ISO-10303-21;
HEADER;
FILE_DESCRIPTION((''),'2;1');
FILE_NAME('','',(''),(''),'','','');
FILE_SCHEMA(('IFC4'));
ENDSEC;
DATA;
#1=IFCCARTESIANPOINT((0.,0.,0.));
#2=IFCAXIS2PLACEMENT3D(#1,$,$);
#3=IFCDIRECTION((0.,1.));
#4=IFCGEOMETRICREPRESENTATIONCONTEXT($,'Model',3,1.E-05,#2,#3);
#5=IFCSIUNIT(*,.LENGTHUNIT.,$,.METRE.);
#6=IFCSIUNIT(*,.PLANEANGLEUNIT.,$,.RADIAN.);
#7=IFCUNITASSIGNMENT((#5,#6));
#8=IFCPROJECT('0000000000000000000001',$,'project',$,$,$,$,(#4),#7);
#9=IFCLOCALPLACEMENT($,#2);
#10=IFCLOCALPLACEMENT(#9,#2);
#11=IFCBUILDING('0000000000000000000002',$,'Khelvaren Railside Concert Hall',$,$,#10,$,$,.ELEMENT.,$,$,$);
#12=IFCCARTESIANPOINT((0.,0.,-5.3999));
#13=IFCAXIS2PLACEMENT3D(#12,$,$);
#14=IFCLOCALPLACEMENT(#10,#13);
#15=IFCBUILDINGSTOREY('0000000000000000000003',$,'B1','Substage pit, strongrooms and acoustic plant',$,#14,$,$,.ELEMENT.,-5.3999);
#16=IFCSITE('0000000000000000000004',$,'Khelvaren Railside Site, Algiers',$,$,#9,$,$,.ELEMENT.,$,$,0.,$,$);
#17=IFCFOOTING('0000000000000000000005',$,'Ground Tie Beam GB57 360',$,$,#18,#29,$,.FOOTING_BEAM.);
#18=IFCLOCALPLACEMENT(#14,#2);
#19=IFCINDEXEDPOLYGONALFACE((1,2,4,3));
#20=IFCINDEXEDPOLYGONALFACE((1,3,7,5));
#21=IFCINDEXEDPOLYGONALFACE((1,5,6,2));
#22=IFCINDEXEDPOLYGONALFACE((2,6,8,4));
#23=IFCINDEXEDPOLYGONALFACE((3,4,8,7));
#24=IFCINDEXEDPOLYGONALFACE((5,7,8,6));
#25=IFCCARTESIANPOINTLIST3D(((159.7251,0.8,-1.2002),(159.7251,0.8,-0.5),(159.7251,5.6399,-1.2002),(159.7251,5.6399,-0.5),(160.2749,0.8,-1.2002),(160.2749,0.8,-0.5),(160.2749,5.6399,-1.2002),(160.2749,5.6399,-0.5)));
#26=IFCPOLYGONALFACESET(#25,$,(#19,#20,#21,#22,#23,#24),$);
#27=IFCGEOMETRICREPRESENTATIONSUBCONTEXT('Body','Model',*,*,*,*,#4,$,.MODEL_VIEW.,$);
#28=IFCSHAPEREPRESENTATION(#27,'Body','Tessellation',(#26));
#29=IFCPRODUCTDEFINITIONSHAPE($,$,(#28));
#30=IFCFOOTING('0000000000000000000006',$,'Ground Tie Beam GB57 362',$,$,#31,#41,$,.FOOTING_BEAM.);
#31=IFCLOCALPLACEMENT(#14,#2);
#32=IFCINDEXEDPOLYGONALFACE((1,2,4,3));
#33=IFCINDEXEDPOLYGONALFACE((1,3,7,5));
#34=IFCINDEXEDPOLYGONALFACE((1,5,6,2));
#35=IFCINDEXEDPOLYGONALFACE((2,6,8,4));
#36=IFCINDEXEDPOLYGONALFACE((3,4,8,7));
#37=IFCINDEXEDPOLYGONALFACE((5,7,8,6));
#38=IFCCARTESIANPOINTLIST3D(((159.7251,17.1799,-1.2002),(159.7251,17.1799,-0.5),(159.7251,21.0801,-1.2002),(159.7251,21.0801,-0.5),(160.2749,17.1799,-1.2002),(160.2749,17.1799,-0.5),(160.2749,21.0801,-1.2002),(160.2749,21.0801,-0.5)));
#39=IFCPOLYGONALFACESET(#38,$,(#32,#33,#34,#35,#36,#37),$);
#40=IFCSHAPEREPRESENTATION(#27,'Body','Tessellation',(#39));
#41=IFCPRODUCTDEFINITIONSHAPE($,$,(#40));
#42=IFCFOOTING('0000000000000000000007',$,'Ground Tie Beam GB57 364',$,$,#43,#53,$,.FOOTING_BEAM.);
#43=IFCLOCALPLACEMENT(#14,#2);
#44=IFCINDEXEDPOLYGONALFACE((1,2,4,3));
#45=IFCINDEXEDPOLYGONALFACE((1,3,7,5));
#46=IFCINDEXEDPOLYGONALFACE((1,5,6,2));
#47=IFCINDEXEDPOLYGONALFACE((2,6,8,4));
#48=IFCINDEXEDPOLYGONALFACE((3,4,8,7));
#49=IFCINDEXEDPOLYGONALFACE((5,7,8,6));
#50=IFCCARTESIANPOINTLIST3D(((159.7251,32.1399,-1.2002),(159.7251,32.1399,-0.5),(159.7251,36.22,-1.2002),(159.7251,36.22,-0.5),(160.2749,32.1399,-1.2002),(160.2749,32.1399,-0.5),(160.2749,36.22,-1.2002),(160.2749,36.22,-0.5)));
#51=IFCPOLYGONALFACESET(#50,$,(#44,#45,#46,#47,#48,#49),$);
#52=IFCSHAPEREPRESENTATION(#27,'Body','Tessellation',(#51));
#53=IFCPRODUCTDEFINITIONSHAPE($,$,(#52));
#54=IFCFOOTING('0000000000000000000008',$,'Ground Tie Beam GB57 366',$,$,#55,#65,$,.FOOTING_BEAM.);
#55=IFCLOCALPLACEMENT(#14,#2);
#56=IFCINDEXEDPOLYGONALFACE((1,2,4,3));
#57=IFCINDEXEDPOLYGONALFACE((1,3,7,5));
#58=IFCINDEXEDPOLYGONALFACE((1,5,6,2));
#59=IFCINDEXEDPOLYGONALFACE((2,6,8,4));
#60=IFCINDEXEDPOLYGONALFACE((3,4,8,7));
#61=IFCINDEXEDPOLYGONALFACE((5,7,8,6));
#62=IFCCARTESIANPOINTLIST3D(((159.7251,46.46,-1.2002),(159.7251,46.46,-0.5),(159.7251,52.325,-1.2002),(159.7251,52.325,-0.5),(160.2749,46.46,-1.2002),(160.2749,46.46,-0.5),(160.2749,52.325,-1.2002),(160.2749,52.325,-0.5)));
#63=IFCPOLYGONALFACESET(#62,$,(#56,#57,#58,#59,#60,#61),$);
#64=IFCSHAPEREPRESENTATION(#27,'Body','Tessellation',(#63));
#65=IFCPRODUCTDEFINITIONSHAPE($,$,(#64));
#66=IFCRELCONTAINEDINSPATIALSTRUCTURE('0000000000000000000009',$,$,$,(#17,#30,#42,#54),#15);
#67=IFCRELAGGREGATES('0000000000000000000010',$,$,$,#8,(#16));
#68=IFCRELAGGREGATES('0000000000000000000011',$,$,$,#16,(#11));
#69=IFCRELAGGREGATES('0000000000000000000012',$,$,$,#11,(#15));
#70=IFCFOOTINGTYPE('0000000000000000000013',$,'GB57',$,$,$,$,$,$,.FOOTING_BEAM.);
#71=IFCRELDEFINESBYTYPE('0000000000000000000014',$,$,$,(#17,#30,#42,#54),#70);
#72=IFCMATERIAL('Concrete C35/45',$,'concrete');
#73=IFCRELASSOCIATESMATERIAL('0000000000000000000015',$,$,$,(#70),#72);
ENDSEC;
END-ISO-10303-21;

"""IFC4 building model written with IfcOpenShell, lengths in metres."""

from ifc_helpers import new_model, si_unit, direction, frame, origin, place, context, subcontext, project, spatial, polyline, outline, extrude, material, type_object, element, save


model = new_model("IFC4")

# Units and contexts
model_context = context("Model", 3, precision=1e-05, world=origin(), true_north=direction((0.0, 1.0)))
body_context = subcontext(model_context, "Body", "Model", "MODEL_VIEW")
ifc_project = project(units=[si_unit("LENGTHUNIT", "METRE"), si_unit("PLANEANGLEUNIT", "RADIAN")], contexts=[model_context])

# Site, building, storey
site_placement = place(None, origin())
site = spatial("IfcSite", under=ifc_project, at=site_placement, Name="Khelvaren Railside Site, Algiers", CompositionType="ELEMENT", RefElevation=0.0)
building_placement = place(site_placement, origin())
building = spatial("IfcBuilding", under=site, at=building_placement, Name="Khelvaren Railside Concert Hall", CompositionType="ELEMENT")
storey_placement = place(building_placement, frame((0.0, 0.0, -5.3999)))
storey = spatial("IfcBuildingStorey", under=building, at=storey_placement, Name="B1", Description="Substage pit, strongrooms and acoustic plant", CompositionType="ELEMENT", Elevation=-5.3999)

# Footings
ifc_material = material(Name="Concrete C35/45", Category="concrete")
footing_type_1 = type_object("IfcFootingType", Name="GB57", PredefinedType="FOOTING_BEAM", material=ifc_material)
footing_1_placement = place(storey_placement, frame((0.0, 0.0, -1.2002)))
element("IfcFooting", 1, at=footing_1_placement, inside=storey, type_object=footing_type_1, Name="Ground Tie Beam GB57 360", PredefinedType="FOOTING_BEAM", context=body_context, shape_type="SweptSolid", body=[
    extrude(outline(polyline([(159.7251, 0.8), (160.2749, 0.8), (160.2749, 5.6399), (159.7251, 5.6399), (159.7251, 0.8)])), origin(), (0.0, 0.0, 1.0), 0.7002),
])
footing_2_placement = place(storey_placement, frame((0.0, 0.0, -1.2002)))
element("IfcFooting", 2, at=footing_2_placement, inside=storey, type_object=footing_type_1, Name="Ground Tie Beam GB57 362", PredefinedType="FOOTING_BEAM", context=body_context, shape_type="SweptSolid", body=[
    extrude(outline(polyline([(159.7251, 17.1799), (160.2749, 17.1799), (160.2749, 21.0801), (159.7251, 21.0801), (159.7251, 17.1799)])), origin(), (0.0, 0.0, 1.0), 0.7002),
])
footing_3_placement = place(storey_placement, frame((0.0, 0.0, -1.2002)))
element("IfcFooting", 3, at=footing_3_placement, inside=storey, type_object=footing_type_1, Name="Ground Tie Beam GB57 364", PredefinedType="FOOTING_BEAM", context=body_context, shape_type="SweptSolid", body=[
    extrude(outline(polyline([(159.7251, 32.1399), (160.2749, 32.1399), (160.2749, 36.22), (159.7251, 36.22), (159.7251, 32.1399)])), origin(), (0.0, 0.0, 1.0), 0.7002),
])
footing_4_placement = place(storey_placement, frame((0.0, 0.0, -1.2002)))
element("IfcFooting", 4, at=footing_4_placement, inside=storey, type_object=footing_type_1, Name="Ground Tie Beam GB57 366", PredefinedType="FOOTING_BEAM", context=body_context, shape_type="SweptSolid", body=[
    extrude(outline(polyline([(159.7251, 46.46), (160.2749, 46.46), (160.2749, 52.325), (159.7251, 52.325), (159.7251, 46.46)])), origin(), (0.0, 0.0, 1.0), 0.7002),
])

save(model, "model.ifc")
